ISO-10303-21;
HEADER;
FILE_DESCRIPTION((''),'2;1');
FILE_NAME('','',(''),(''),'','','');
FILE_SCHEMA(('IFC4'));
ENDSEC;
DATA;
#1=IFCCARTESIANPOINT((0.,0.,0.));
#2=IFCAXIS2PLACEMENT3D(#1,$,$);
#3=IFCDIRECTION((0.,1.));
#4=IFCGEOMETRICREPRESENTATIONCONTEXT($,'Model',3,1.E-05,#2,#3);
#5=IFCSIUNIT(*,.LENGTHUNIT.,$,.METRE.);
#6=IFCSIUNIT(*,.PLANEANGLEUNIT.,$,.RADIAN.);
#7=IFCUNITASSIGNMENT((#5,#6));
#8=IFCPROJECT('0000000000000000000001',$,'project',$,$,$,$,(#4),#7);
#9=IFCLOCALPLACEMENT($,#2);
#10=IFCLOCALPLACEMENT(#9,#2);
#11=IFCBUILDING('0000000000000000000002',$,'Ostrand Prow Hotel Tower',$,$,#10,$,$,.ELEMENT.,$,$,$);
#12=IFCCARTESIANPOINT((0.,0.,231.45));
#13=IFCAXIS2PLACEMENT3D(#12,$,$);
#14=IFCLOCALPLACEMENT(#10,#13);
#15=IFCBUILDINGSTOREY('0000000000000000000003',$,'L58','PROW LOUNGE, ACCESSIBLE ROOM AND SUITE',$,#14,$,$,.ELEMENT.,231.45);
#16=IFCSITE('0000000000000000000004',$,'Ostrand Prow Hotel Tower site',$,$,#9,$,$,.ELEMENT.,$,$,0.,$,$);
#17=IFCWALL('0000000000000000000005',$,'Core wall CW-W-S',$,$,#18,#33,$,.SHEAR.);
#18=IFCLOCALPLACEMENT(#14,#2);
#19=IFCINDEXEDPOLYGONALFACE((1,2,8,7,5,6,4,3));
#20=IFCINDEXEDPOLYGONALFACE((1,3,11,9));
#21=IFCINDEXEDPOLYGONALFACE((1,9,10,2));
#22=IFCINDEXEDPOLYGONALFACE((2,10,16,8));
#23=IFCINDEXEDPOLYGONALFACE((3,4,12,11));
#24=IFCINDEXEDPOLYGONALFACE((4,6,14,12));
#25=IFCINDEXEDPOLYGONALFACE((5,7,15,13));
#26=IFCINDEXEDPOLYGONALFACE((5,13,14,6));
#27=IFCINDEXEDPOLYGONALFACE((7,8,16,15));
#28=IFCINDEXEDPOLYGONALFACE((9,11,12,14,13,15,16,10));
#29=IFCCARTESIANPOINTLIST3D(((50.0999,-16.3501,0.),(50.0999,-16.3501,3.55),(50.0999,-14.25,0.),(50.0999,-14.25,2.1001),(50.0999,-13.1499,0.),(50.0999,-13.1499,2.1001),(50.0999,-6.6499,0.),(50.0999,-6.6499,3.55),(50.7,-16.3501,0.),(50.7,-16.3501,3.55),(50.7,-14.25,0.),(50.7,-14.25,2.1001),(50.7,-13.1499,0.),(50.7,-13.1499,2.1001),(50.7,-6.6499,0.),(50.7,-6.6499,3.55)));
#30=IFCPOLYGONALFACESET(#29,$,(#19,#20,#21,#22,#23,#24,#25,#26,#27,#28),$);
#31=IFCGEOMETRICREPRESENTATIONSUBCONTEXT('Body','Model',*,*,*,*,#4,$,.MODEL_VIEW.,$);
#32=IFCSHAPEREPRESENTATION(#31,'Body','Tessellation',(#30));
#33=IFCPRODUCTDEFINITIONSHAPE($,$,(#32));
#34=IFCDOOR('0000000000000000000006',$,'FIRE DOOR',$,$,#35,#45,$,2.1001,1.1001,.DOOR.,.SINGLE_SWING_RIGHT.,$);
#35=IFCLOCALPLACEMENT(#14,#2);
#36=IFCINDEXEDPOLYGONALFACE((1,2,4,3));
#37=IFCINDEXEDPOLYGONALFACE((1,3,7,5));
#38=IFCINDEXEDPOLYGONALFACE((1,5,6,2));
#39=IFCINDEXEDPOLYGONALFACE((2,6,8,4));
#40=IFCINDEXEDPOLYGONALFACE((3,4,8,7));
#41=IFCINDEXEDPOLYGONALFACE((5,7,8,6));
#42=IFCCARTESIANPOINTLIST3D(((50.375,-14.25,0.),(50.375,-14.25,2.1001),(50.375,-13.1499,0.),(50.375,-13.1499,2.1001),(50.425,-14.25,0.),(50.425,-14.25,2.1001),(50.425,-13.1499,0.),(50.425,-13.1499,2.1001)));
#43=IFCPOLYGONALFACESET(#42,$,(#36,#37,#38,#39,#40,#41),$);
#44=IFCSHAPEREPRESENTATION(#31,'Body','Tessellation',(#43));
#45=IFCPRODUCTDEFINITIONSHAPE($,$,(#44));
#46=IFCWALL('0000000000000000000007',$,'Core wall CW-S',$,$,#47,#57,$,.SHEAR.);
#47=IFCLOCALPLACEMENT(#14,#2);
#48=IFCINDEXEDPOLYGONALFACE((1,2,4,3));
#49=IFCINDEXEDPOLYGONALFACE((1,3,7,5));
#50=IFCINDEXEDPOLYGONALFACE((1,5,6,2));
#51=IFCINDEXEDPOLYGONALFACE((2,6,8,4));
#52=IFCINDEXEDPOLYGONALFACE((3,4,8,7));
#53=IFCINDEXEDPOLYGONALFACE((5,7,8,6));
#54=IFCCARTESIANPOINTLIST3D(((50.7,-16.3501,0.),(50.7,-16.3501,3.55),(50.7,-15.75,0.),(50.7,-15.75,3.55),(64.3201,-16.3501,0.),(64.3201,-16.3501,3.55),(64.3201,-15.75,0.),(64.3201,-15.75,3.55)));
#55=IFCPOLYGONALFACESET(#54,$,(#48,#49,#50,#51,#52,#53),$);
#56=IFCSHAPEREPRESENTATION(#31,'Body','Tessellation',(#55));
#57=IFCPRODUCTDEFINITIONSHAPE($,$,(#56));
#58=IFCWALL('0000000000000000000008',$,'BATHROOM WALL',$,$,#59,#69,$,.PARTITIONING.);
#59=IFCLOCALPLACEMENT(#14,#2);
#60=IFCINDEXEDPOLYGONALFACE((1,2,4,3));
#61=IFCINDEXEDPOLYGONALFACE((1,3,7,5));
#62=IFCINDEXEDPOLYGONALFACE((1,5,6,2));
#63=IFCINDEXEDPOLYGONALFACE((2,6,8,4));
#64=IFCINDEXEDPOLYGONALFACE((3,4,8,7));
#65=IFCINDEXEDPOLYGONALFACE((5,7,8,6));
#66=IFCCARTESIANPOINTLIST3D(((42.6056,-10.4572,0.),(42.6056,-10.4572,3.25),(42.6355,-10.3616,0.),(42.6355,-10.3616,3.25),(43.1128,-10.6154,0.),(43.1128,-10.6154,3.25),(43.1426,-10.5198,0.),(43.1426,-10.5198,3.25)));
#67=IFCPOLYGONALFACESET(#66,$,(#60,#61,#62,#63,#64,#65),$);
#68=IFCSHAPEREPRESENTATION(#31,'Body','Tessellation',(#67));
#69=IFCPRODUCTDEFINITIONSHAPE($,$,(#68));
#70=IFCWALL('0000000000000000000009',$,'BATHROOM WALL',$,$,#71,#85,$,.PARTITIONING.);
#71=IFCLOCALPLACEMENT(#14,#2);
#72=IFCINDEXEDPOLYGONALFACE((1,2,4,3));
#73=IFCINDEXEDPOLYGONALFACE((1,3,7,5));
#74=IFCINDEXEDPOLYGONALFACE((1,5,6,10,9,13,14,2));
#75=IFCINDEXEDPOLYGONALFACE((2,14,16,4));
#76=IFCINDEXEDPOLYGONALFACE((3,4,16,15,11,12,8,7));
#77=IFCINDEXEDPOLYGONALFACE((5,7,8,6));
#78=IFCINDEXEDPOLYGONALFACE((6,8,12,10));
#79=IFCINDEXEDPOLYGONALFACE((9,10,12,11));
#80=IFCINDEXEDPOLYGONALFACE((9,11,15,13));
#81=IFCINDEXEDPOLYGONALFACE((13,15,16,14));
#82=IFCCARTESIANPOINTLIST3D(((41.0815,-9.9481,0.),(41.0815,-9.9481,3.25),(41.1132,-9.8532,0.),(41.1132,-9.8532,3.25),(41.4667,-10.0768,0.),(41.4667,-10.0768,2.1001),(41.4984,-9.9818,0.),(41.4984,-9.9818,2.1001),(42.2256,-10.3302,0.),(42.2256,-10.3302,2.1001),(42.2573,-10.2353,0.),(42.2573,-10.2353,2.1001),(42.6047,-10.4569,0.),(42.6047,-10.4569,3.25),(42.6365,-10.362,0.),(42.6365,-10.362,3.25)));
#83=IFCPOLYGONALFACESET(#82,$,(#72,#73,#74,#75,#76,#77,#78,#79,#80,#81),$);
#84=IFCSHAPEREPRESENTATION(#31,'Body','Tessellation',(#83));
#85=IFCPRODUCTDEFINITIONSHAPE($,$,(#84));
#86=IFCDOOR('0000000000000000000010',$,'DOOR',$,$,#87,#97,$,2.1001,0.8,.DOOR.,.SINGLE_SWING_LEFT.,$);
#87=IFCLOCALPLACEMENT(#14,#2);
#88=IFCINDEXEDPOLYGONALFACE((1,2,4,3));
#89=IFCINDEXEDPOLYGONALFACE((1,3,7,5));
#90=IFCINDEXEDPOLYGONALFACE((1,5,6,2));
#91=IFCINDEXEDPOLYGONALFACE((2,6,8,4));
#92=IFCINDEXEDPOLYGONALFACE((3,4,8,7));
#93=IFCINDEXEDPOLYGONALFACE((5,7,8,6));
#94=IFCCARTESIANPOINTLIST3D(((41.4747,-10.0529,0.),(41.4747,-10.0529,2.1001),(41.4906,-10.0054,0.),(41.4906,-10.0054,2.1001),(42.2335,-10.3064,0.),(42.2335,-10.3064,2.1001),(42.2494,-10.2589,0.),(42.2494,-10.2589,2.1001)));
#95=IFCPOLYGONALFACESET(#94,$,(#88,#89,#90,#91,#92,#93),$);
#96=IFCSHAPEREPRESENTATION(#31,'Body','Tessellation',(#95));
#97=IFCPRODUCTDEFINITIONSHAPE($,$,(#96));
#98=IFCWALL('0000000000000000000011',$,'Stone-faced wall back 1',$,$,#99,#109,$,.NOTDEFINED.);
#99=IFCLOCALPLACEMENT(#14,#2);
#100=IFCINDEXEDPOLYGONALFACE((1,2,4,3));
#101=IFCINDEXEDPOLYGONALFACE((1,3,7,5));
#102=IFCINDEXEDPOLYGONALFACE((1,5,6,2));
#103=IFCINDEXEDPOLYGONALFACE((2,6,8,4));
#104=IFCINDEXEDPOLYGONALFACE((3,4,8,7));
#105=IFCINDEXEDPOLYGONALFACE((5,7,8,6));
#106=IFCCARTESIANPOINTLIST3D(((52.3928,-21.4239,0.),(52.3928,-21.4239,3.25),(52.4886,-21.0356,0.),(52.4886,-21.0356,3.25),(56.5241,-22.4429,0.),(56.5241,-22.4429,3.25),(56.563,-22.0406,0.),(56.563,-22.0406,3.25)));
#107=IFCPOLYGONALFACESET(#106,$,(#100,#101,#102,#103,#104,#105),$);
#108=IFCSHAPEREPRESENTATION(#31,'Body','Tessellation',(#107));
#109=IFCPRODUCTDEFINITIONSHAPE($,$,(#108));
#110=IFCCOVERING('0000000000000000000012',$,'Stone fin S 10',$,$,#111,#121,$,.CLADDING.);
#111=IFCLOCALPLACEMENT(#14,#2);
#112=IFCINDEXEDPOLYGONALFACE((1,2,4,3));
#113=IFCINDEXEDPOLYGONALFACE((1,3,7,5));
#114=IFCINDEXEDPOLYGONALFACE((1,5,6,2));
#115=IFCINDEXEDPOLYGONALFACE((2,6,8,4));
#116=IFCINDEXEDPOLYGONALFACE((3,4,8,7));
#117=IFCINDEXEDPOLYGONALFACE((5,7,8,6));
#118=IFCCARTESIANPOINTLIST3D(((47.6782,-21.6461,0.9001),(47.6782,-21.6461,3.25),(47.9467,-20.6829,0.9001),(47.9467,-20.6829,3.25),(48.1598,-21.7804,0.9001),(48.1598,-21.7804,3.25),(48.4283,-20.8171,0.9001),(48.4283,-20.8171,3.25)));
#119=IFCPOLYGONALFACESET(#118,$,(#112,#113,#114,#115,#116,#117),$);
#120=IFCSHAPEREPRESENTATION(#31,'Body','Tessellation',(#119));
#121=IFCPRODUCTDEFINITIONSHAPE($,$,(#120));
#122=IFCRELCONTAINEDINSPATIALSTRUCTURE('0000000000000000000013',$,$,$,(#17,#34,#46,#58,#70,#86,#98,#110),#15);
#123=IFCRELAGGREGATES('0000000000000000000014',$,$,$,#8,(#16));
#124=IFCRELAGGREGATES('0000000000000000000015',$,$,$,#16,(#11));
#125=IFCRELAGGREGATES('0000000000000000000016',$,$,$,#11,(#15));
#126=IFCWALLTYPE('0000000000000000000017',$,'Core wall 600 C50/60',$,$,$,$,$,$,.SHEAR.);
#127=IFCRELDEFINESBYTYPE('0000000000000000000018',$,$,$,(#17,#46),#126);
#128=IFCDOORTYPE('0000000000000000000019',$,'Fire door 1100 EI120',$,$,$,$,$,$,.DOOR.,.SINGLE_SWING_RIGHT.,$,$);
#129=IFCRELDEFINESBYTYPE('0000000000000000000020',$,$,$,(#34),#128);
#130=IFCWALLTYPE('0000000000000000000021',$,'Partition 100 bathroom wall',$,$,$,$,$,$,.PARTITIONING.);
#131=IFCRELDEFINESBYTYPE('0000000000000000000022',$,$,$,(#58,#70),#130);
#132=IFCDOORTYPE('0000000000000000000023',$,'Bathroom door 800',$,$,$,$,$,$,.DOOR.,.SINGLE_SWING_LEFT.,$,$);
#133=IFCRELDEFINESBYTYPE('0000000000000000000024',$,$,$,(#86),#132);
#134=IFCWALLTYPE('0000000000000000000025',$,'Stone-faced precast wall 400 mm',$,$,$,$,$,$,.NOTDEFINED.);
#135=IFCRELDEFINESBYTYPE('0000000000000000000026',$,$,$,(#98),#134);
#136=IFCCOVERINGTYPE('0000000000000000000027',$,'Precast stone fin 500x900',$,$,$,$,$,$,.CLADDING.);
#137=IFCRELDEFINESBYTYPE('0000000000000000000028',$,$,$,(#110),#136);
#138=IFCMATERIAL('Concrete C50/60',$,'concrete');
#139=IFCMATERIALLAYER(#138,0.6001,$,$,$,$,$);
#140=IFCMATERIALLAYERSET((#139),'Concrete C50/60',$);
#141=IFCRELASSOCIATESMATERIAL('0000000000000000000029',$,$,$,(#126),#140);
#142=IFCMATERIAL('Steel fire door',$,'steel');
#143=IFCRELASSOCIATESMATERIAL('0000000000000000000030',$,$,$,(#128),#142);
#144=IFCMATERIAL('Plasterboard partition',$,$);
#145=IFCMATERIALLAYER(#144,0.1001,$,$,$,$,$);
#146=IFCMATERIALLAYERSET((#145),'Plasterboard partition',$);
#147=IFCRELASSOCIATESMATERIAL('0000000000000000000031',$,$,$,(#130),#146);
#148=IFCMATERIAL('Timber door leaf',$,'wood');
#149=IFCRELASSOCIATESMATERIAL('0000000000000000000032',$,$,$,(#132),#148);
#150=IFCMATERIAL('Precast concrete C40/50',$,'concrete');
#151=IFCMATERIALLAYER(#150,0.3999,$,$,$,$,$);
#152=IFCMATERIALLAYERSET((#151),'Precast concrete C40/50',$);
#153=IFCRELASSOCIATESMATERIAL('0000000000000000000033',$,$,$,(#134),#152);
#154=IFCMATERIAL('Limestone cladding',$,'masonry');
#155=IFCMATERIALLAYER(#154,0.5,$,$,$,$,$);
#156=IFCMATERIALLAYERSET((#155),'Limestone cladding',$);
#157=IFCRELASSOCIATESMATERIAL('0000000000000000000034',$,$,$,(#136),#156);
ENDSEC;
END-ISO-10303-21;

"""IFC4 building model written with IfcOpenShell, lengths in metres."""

from ifc_helpers import new_model, si_unit, direction, frame, frame_2d, origin, place, context, subcontext, project, spatial, polyline, rectangle, outline, extrude, material, layer, layer_set, type_object, element, fill, save


model = new_model("IFC4")

# Units and contexts
model_context = context("Model", 3, precision=1e-05, world=origin(), true_north=direction((0.0, 1.0)))
body_context = subcontext(model_context, "Body", "Model", "MODEL_VIEW")
ifc_project = project(units=[si_unit("LENGTHUNIT", "METRE"), si_unit("PLANEANGLEUNIT", "RADIAN")], contexts=[model_context])

# Site, building, storey
site_placement = place(None, origin())
site = spatial("IfcSite", under=ifc_project, at=site_placement, Name="Ostrand Prow Hotel Tower site", CompositionType="ELEMENT", RefElevation=0.0)
building_placement = place(site_placement, origin())
building = spatial("IfcBuilding", under=site, at=building_placement, Name="Ostrand Prow Hotel Tower", CompositionType="ELEMENT")
storey_placement = place(building_placement, frame((0.0, 0.0, 231.45)))
storey = spatial("IfcBuildingStorey", under=building, at=storey_placement, Name="L58", Description="PROW LOUNGE, ACCESSIBLE ROOM AND SUITE", CompositionType="ELEMENT", Elevation=231.45)

# Wall, opening, door
ifc_material_1 = material(Name="Concrete C50/60", Category="concrete")
ifc_layer_1 = layer(ifc_material_1, 0.6001)
ifc_layer_set_1 = layer_set([ifc_layer_1], Name="Concrete C50/60")
wall_type_1 = type_object("IfcWallType", Name="Core wall 600 C50/60", PredefinedType="SHEAR", material=ifc_layer_set_1)
wall_1_placement = place(storey_placement, frame((50.3999, -16.3501, 0.0), z_axis=(0.0, 0.0, 1.0), x_axis=(0.0, 1.0, 0.0)))
wall_1 = element("IfcWall", 1, at=wall_1_placement, inside=storey, type_object=wall_type_1, Name="Core wall CW-W-S", PredefinedType="SHEAR", context=body_context, shape_type="SweptSolid", body=[
    extrude(rectangle(XDim=9.7002, YDim=0.6001, at=frame_2d((4.8501, 0.0))), origin(), (0.0, 0.0, 1.0), 3.55),
])
opening_1_placement = place(wall_1_placement, frame((2.1001, 0.0, 0.0)))
opening_1 = element("IfcOpeningElement", 2, at=opening_1_placement, cuts=wall_1, PredefinedType="OPENING", context=body_context, shape_type="SweptSolid", body=[
    extrude(rectangle(XDim=1.1001, YDim=2.1001, at=frame_2d((0.55, 1.05))), frame((0.0, 0.3101, 0.0), z_axis=(0.0, -1.0, 0.0), x_axis=(1.0, 0.0, 0.0)), (0.0, 0.0, 1.0), 0.6201),
])
ifc_material_2 = material(Name="Steel fire door", Category="steel")
door_type_1 = type_object("IfcDoorType", Name="Fire door 1100 EI120", OperationType="SINGLE_SWING_RIGHT", PredefinedType="DOOR", material=ifc_material_2)
door_1_placement = place(opening_1_placement, origin())
door_1 = element("IfcDoor", 3, at=door_1_placement, inside=storey, type_object=door_type_1, Name="FIRE DOOR", OperationType="SINGLE_SWING_RIGHT", OverallHeight=2.1001, OverallWidth=1.1001, PredefinedType="DOOR", context=body_context, shape_type="SweptSolid", body=[
    extrude(rectangle(XDim=1.1001, YDim=2.1001, at=frame_2d((0.55, 1.05))), frame((0.0, 0.0249, 0.0), z_axis=(0.0, -1.0, 0.0), x_axis=(1.0, 0.0, 0.0)), (0.0, 0.0, 1.0), 0.05),
])
fill(opening_1, door_1)

# Walls
wall_2_placement = place(storey_placement, frame((50.7, -16.05, 0.0), z_axis=(0.0, 0.0, 1.0), x_axis=(1.0, 0.0, 0.0)))
element("IfcWall", 4, at=wall_2_placement, inside=storey, type_object=wall_type_1, Name="Core wall CW-S", PredefinedType="SHEAR", context=body_context, shape_type="SweptSolid", body=[
    extrude(rectangle(XDim=13.6201, YDim=0.6001, at=frame_2d((6.8101, 0.0))), origin(), (0.0, 0.0, 1.0), 3.55),
])
ifc_material_3 = material(Name="Plasterboard partition")
ifc_layer_2 = layer(ifc_material_3, 0.1001)
ifc_layer_set_2 = layer_set([ifc_layer_2], Name="Plasterboard partition")
wall_type_2 = type_object("IfcWallType", Name="Partition 100 bathroom wall", PredefinedType="PARTITIONING", material=ifc_layer_set_2)
wall_3_placement = place(storey_placement, frame((43.1277, -10.5676, 0.0), z_axis=(0.0, 0.0, 1.0), x_axis=(-0.954619, 0.29783, 0.0)))
element("IfcWall", 5, at=wall_3_placement, inside=storey, type_object=wall_type_2, Name="BATHROOM WALL", PredefinedType="PARTITIONING", context=body_context, shape_type="SweptSolid", body=[
    extrude(rectangle(XDim=0.5312, YDim=0.1001, at=frame_2d((0.2656, 0.0))), origin(), (0.0, 0.0, 1.0), 3.25),
])

# Wall, opening, door
wall_4_placement = place(storey_placement, frame((42.6206, -10.4094, 0.0), z_axis=(0.0, 0.0, 1.0), x_axis=(-0.948485, 0.316821, 0.0)))
wall_4 = element("IfcWall", 6, at=wall_4_placement, inside=storey, type_object=wall_type_2, Name="BATHROOM WALL", PredefinedType="PARTITIONING", context=body_context, shape_type="SweptSolid", body=[
    extrude(rectangle(XDim=1.606, YDim=0.1001, at=frame_2d((0.803, 0.0))), origin(), (0.0, 0.0, 1.0), 3.25),
])
opening_2_placement = place(wall_4_placement, frame((0.3999, 0.0, 0.0)))
opening_2 = element("IfcOpeningElement", 7, at=opening_2_placement, cuts=wall_4, PredefinedType="OPENING", context=body_context, shape_type="SweptSolid", body=[
    extrude(rectangle(XDim=0.8, YDim=2.1001, at=frame_2d((0.3999, 1.05))), frame((0.0, 0.0601, 0.0), z_axis=(0.0, -1.0, 0.0), x_axis=(1.0, 0.0, 0.0)), (0.0, 0.0, 1.0), 0.1201),
])
ifc_material_4 = material(Name="Timber door leaf", Category="wood")
door_type_2 = type_object("IfcDoorType", Name="Bathroom door 800", OperationType="SINGLE_SWING_LEFT", PredefinedType="DOOR", material=ifc_material_4)
door_2_placement = place(opening_2_placement, origin())
door_2 = element("IfcDoor", 8, at=door_2_placement, inside=storey, type_object=door_type_2, Name="DOOR", OperationType="SINGLE_SWING_LEFT", OverallHeight=2.1001, OverallWidth=0.8, PredefinedType="DOOR", context=body_context, shape_type="SweptSolid", body=[
    extrude(rectangle(XDim=0.8, YDim=2.1001, at=frame_2d((0.3999, 1.05))), frame((0.0, 0.0249, 0.0), z_axis=(0.0, -1.0, 0.0), x_axis=(1.0, 0.0, 0.0)), (0.0, 0.0, 1.0), 0.05),
])
fill(opening_2, door_2)

# Wall
ifc_material_5 = material(Name="Precast concrete C40/50", Category="concrete")
ifc_layer_3 = layer(ifc_material_5, 0.3999)
ifc_layer_set_3 = layer_set([ifc_layer_3], Name="Precast concrete C40/50")
wall_type_3 = type_object("IfcWallType", Name="Stone-faced precast wall 400 mm", PredefinedType="NOTDEFINED", material=ifc_layer_set_3)
wall_5_placement = place(storey_placement, frame((52.4407, -21.2297, 0.0), z_axis=(0.0, 0.0, 1.0), x_axis=(0.970902, -0.239476, 0.0)))
element("IfcWall", 9, at=wall_5_placement, inside=storey, type_object=wall_type_3, Name="Stone-faced wall back 1", PredefinedType="NOTDEFINED", context=body_context, shape_type="SweptSolid", body=[
    extrude(outline(polyline([(0.0, -0.2), (4.2551, -0.2), (4.1965, 0.2), (0.0, 0.2), (0.0, -0.2)])), origin(), (0.0, 0.0, 1.0), 3.25),
])

# Covering
ifc_material_6 = material(Name="Limestone cladding", Category="masonry")
ifc_layer_4 = layer(ifc_material_6, 0.5)
ifc_layer_set_4 = layer_set([ifc_layer_4], Name="Limestone cladding")
covering_type = type_object("IfcCoveringType", Name="Precast stone fin 500x900", PredefinedType="CLADDING", material=ifc_layer_set_4)
covering_placement = place(storey_placement, frame((48.1875, -20.75, 0.9001), z_axis=(0.0, 0.0, 1.0), x_axis=(-0.268525, -0.963273, 0.0)))
element("IfcCovering", 10, at=covering_placement, inside=storey, type_object=covering_type, Name="Stone fin S 10", PredefinedType="CLADDING", context=body_context, shape_type="SweptSolid", body=[
    extrude(rectangle(XDim=1.0, YDim=0.5, at=frame_2d((0.5, 0.0))), origin(), (0.0, 0.0, 1.0), 2.3499),
])

save(model, "model.ifc")
